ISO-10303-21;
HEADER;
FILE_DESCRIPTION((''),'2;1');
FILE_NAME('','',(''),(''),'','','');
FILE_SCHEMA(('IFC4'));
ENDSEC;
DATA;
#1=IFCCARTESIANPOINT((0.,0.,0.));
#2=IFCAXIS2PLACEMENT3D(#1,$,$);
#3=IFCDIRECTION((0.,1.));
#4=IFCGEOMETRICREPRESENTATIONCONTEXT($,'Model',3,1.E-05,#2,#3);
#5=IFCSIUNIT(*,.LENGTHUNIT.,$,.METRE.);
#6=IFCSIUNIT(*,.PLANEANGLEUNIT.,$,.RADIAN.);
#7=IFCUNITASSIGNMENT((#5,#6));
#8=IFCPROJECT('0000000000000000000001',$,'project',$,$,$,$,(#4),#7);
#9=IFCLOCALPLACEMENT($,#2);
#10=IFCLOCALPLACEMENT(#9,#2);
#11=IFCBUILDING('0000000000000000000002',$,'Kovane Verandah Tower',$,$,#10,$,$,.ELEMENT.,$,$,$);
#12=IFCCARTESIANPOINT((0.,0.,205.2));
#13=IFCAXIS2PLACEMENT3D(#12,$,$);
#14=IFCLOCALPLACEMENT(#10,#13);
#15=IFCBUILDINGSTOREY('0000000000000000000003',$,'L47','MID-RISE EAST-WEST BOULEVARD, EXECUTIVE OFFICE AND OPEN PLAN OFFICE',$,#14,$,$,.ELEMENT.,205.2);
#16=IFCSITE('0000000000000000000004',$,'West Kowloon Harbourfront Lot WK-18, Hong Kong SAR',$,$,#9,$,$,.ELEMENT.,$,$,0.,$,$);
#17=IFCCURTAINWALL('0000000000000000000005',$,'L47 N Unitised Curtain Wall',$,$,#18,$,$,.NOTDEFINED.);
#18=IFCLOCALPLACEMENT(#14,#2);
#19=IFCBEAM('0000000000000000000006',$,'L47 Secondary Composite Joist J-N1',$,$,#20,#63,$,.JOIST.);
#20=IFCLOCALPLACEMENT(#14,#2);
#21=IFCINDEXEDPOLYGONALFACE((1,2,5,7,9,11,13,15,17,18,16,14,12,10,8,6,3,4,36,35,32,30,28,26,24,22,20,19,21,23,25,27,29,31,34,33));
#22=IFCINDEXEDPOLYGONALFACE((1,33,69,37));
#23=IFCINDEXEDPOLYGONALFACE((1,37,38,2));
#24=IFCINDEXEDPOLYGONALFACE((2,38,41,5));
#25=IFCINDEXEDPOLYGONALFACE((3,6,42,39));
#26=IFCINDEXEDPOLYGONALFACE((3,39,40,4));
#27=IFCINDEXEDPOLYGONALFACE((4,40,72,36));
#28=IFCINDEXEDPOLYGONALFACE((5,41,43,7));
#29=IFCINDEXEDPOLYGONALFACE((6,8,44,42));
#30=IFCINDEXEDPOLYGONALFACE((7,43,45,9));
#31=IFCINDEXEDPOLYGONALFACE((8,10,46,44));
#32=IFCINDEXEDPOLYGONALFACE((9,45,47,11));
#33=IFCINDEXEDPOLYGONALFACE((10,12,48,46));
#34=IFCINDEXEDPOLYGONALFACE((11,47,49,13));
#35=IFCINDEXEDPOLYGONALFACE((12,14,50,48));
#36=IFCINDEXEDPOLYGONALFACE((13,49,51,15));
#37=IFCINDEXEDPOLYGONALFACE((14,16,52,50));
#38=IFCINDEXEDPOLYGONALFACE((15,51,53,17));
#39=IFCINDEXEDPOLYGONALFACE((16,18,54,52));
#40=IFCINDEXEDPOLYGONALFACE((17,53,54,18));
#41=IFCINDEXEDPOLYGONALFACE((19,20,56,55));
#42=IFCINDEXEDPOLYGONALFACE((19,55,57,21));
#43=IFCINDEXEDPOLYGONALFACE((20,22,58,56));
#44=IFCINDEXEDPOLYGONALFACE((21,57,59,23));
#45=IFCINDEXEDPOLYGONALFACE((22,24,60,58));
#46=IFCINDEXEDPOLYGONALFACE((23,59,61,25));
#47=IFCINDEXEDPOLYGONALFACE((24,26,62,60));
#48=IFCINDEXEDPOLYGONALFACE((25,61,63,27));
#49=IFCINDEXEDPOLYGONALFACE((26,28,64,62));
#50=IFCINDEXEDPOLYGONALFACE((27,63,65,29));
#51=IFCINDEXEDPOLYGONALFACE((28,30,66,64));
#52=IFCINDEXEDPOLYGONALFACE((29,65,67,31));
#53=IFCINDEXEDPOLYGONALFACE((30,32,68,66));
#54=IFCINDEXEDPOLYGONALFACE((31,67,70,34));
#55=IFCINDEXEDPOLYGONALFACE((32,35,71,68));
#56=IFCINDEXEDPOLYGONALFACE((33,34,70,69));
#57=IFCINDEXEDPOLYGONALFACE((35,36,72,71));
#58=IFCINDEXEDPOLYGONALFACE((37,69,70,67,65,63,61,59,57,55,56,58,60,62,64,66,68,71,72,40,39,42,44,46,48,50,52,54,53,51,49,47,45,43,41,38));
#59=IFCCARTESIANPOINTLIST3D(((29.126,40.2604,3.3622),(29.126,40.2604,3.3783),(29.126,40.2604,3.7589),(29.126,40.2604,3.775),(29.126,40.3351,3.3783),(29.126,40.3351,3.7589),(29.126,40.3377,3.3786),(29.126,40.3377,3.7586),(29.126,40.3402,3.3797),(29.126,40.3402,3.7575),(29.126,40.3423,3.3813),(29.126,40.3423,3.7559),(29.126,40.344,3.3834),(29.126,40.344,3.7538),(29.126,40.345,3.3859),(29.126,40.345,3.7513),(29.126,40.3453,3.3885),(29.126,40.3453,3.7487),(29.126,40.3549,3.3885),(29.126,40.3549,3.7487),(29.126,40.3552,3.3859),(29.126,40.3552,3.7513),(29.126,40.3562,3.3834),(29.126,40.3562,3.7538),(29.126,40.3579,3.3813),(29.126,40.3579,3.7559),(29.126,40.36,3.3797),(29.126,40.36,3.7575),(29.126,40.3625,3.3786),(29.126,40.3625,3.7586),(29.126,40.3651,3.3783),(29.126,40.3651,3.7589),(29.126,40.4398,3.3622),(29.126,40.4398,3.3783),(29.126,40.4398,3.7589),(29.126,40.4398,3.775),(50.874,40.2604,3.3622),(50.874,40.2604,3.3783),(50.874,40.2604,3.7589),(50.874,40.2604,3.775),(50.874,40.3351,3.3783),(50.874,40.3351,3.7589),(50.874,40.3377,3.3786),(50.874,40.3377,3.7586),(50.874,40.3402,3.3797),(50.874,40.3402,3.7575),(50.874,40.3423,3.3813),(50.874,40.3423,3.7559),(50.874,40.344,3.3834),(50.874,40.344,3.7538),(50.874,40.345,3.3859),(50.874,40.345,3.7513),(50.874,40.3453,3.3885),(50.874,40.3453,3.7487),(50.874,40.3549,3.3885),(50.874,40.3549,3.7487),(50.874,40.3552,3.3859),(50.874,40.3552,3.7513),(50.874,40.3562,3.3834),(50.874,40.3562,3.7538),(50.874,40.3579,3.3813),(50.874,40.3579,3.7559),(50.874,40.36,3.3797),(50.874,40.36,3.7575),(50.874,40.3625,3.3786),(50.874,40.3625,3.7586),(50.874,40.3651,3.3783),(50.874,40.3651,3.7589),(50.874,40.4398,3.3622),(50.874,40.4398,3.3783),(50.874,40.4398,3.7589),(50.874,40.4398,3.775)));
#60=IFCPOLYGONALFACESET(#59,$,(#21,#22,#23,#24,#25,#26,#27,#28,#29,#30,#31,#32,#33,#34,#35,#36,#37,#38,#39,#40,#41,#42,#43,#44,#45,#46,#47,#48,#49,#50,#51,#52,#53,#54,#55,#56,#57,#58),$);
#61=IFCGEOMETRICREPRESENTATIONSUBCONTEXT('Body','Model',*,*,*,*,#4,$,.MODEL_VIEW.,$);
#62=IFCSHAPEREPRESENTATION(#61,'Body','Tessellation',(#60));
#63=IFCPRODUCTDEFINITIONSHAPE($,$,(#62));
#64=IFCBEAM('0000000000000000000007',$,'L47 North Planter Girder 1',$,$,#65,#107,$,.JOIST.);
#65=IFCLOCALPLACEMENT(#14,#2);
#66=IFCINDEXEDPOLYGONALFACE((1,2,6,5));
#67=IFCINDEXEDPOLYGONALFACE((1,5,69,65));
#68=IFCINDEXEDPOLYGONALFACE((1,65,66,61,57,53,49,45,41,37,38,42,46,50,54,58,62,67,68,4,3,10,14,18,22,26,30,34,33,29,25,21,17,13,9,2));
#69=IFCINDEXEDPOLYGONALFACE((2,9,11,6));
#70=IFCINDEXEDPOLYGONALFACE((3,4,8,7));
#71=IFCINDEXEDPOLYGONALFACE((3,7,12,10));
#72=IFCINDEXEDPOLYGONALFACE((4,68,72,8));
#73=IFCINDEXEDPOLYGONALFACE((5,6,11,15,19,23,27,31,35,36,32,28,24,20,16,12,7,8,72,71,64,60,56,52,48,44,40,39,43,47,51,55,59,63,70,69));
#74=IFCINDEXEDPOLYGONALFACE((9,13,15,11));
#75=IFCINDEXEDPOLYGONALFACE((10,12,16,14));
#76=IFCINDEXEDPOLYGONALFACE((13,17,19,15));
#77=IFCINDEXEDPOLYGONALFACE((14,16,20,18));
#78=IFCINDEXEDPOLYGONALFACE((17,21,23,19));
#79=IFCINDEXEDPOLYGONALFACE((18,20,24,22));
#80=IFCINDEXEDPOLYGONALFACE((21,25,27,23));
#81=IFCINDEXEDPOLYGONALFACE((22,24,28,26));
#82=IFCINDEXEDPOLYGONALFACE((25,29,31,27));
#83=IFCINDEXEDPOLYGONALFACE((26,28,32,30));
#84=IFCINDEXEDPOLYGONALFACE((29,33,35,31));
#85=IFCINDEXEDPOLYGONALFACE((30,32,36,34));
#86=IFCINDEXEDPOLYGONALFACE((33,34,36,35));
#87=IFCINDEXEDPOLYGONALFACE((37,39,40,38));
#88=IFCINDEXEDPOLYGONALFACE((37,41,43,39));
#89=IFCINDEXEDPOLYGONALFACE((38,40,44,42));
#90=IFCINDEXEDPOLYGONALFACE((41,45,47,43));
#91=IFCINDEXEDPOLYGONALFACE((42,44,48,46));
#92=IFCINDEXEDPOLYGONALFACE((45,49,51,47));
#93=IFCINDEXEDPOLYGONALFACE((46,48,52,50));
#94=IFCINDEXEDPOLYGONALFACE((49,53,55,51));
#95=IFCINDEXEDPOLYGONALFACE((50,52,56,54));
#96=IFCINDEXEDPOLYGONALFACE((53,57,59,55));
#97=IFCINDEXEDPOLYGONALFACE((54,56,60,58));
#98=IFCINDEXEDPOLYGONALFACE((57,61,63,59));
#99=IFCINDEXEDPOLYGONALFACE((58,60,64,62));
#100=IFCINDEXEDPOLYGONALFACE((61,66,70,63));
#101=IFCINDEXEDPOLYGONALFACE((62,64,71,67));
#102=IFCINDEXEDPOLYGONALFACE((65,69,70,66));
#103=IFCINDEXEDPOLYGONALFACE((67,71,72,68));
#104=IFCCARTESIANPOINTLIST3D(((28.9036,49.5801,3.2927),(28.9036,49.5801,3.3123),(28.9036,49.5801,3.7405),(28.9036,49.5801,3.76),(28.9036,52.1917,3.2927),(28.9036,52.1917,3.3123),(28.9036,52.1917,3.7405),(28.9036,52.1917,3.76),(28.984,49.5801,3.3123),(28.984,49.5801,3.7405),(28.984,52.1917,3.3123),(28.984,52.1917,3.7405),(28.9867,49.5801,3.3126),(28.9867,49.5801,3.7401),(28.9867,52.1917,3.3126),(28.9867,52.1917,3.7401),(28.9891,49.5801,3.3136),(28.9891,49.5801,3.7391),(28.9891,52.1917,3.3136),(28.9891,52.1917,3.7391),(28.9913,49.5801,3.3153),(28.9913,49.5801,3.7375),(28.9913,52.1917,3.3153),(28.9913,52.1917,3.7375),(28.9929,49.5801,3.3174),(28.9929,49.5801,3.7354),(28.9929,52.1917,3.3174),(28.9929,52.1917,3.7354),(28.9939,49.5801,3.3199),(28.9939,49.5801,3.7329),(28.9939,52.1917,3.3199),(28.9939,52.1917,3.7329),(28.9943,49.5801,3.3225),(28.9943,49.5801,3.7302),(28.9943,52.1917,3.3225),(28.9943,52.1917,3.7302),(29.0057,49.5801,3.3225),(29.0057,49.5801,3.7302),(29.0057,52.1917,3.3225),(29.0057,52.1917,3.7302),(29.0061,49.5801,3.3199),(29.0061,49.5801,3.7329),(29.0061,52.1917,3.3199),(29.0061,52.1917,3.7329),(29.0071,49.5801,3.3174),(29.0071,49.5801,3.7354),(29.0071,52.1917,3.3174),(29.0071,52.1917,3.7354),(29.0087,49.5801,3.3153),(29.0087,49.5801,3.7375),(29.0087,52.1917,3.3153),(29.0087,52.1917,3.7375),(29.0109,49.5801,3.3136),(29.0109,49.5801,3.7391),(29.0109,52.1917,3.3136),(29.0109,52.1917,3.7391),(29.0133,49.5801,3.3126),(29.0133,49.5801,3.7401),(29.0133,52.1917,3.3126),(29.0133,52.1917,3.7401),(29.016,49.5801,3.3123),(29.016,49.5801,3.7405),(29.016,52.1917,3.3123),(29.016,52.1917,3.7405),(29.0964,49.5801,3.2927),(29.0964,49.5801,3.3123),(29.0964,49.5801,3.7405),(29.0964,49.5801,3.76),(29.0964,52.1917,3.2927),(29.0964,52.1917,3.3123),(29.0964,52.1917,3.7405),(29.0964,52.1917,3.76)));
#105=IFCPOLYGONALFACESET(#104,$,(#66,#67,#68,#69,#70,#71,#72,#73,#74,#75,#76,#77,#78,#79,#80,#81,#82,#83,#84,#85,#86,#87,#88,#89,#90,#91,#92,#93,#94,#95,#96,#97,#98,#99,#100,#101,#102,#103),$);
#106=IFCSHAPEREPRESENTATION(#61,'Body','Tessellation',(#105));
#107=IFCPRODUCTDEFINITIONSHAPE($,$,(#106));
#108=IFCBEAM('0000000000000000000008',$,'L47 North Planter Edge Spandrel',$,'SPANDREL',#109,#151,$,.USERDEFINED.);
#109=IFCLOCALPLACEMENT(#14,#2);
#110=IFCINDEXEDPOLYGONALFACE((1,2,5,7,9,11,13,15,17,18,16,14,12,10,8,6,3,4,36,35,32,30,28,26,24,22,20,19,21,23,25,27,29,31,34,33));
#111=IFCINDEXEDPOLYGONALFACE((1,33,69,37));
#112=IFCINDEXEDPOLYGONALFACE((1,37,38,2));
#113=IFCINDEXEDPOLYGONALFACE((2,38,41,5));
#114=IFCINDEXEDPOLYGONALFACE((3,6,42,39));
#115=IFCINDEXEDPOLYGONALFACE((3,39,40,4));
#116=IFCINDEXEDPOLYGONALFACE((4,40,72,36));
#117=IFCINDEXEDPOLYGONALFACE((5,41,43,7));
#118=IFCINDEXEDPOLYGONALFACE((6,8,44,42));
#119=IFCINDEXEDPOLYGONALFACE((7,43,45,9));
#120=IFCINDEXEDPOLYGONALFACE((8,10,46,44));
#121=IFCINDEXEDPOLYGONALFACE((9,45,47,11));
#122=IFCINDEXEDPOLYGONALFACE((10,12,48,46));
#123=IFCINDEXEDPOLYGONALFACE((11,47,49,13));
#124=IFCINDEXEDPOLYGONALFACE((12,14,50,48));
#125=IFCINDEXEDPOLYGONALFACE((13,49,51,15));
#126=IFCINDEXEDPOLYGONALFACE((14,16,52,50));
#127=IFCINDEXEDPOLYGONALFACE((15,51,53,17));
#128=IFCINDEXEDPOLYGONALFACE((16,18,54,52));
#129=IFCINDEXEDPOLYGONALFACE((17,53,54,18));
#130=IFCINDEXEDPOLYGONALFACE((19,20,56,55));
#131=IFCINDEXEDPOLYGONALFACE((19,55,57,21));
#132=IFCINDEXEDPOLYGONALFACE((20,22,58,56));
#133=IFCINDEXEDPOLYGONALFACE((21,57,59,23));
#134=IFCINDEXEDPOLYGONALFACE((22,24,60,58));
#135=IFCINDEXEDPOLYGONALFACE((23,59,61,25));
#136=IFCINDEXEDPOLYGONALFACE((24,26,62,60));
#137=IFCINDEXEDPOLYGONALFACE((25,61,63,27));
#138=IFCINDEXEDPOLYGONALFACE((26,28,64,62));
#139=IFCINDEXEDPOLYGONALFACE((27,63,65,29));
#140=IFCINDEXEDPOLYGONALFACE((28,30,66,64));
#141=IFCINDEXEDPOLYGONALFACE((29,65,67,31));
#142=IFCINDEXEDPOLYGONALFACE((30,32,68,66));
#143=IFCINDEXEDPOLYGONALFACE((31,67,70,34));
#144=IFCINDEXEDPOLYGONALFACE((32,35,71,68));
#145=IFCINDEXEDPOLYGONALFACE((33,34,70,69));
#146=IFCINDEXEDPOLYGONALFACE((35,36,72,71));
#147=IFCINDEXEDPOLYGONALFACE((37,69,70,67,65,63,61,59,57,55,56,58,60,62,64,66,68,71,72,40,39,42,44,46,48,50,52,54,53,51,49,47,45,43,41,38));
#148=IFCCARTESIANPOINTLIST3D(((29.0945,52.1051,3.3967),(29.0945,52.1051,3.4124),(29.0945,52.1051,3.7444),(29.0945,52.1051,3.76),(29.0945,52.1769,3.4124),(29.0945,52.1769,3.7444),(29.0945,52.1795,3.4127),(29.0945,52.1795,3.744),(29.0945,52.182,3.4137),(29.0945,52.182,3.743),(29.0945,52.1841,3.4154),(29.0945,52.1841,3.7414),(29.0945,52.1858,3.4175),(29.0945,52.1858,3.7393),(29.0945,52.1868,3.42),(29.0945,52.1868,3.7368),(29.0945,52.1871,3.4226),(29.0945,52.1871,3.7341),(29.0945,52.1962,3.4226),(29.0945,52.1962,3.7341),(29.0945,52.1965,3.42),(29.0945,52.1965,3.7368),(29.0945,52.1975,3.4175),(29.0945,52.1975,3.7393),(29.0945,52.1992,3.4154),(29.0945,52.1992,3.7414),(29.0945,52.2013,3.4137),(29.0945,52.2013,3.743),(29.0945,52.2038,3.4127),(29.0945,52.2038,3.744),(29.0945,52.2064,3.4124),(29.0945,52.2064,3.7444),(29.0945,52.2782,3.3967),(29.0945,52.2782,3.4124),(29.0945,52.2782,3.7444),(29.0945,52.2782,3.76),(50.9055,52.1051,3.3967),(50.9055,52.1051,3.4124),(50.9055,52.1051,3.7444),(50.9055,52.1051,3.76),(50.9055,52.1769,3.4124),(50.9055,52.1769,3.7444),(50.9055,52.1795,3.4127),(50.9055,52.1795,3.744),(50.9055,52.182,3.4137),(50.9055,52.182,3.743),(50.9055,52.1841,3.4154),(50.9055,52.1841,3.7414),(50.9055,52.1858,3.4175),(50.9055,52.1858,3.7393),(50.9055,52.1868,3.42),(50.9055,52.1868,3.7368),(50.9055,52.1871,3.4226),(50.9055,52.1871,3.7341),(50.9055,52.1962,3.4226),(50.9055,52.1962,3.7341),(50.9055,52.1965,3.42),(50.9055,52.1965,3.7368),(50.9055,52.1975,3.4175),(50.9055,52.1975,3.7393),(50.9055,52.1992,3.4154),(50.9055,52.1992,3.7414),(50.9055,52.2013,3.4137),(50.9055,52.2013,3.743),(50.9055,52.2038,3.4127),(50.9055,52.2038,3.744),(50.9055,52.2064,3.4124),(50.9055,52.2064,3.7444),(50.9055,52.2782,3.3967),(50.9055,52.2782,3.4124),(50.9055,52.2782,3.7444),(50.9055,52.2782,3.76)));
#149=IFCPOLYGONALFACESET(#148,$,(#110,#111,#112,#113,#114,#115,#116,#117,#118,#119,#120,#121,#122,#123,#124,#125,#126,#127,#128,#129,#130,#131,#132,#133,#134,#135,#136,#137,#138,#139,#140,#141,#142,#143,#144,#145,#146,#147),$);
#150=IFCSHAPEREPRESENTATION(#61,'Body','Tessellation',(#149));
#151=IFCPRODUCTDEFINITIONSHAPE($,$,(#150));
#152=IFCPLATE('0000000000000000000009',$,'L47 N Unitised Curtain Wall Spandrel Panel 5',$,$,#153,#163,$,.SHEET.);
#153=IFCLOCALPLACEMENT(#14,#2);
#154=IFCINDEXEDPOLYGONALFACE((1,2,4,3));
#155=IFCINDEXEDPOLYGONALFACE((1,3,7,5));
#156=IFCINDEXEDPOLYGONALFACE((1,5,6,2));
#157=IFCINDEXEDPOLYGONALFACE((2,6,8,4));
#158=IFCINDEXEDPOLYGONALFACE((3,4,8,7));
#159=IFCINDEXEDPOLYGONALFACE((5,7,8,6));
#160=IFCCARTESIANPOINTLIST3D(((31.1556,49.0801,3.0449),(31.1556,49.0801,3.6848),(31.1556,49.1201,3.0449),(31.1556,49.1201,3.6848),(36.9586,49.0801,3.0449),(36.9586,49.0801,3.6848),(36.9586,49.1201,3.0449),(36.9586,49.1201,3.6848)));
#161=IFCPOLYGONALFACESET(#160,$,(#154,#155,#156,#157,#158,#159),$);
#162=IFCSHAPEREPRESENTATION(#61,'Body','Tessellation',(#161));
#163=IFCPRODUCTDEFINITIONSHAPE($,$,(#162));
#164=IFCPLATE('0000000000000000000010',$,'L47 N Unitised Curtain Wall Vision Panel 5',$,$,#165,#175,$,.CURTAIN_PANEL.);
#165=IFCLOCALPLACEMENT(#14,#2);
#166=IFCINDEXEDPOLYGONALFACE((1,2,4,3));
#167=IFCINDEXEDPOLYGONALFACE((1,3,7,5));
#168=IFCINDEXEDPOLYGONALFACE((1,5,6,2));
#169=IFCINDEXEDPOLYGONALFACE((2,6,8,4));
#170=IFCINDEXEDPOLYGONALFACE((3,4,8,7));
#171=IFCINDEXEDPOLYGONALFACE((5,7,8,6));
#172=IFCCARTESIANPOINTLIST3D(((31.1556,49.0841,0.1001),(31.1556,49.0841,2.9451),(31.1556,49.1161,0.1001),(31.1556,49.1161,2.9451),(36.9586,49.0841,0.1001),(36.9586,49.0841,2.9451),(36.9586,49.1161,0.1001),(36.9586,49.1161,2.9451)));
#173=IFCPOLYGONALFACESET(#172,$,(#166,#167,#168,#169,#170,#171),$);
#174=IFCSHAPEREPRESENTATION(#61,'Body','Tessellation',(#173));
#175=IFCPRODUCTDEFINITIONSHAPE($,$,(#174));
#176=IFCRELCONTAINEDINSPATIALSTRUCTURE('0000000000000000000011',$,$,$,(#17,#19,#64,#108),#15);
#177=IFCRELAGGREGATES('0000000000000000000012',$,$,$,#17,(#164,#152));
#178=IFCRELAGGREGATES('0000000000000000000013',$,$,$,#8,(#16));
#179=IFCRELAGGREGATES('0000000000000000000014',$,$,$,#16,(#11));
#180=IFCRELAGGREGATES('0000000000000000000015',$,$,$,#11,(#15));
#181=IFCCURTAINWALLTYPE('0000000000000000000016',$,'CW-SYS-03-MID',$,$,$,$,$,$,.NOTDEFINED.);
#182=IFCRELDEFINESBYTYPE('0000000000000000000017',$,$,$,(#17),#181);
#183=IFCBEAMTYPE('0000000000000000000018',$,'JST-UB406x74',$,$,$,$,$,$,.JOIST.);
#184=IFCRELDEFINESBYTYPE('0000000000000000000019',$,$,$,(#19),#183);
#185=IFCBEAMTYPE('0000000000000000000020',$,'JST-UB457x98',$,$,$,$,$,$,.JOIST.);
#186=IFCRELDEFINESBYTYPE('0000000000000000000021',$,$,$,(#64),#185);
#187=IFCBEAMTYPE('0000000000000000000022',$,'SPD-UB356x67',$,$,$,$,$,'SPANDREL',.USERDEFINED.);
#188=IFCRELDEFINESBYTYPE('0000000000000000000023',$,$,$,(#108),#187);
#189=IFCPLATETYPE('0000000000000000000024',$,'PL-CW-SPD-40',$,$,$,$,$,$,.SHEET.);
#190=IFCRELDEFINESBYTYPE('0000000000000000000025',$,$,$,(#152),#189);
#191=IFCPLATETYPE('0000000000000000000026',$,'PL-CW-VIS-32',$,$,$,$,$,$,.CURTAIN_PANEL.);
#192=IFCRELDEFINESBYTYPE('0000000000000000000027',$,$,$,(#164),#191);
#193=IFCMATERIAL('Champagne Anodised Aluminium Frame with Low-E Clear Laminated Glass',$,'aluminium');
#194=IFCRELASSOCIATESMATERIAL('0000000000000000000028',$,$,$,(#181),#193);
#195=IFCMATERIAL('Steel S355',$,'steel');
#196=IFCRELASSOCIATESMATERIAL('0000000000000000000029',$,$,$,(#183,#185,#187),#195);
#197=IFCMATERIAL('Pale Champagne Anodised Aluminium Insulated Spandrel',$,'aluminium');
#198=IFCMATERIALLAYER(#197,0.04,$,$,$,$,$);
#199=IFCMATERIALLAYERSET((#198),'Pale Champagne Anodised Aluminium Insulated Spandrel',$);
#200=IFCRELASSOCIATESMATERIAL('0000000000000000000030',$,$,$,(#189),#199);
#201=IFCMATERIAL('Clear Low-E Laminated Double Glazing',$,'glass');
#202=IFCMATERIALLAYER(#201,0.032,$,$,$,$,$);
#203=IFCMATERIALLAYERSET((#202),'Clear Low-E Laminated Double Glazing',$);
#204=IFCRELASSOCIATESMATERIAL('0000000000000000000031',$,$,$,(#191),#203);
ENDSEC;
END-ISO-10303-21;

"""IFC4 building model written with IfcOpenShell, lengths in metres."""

from ifc_helpers import new_model, si_unit, direction, frame, origin, origin_2d, place, context, subcontext, project, spatial, rectangle, i_section, extrude, material, layer, layer_set, material_profile, profile_set, type_object, element, aggregate, save


model = new_model("IFC4")

# Units and contexts
model_context = context("Model", 3, precision=1e-05, world=origin(), true_north=direction((0.0, 1.0)))
body_context = subcontext(model_context, "Body", "Model", "MODEL_VIEW")
ifc_project = project(units=[si_unit("LENGTHUNIT", "METRE"), si_unit("PLANEANGLEUNIT", "RADIAN")], contexts=[model_context])

# Site, building, storey
site_placement = place(None, origin())
site = spatial("IfcSite", under=ifc_project, at=site_placement, Name="West Kowloon Harbourfront Lot WK-18, Hong Kong SAR", CompositionType="ELEMENT", RefElevation=0.0)
building_placement = place(site_placement, origin())
building = spatial("IfcBuilding", under=site, at=building_placement, Name="Kovane Verandah Tower", CompositionType="ELEMENT")
storey_placement = place(building_placement, frame((0.0, 0.0, 205.2)))
storey = spatial("IfcBuildingStorey", under=building, at=storey_placement, Name="L47", Description="MID-RISE EAST-WEST BOULEVARD, EXECUTIVE OFFICE AND OPEN PLAN OFFICE", CompositionType="ELEMENT", Elevation=205.2)

# Shared definitions
ifc_material_1 = material(Name="Steel S355", Category="steel")

# Curtain wall
ifc_material_2 = material(Name="Champagne Anodised Aluminium Frame with Low-E Clear Laminated Glass", Category="aluminium")
curtain_wall_type = type_object("IfcCurtainWallType", Name="CW-SYS-03-MID", PredefinedType="NOTDEFINED", material=ifc_material_2)
curtain_wall_placement = place(storey_placement, origin())
curtain_wall = element("IfcCurtainWall", 1, at=curtain_wall_placement, inside=storey, type_object=curtain_wall_type, Name="L47 N Unitised Curtain Wall", PredefinedType="NOTDEFINED")

# Beams
ifc_material_profile_1 = material_profile(ifc_material_1, i_section(OverallWidth=0.1794, OverallDepth=0.4128, WebThickness=0.0095, FlangeThickness=0.0161, FilletRadius=0.0103, at=origin_2d()), Name="UB406x178x74")
ifc_profile_set_1 = profile_set([ifc_material_profile_1], Name="Steel S355")
beam_type_1 = type_object("IfcBeamType", Name="JST-UB406x74", PredefinedType="JOIST", material=ifc_profile_set_1)
beam_1_placement = place(storey_placement, frame((29.126, 40.3501, 3.5686), z_axis=(1.0, 0.0, 0.0), x_axis=(0.0, 1.0, 0.0)))
element("IfcBeam", 2, at=beam_1_placement, inside=storey, type_object=beam_type_1, Name="L47 Secondary Composite Joist J-N1", PredefinedType="JOIST", context=body_context, shape_type="SweptSolid", body=[
    extrude(i_section(OverallWidth=0.1794, OverallDepth=0.4128, WebThickness=0.0095, FlangeThickness=0.0161, FilletRadius=0.0103, at=origin_2d()), origin(), (0.0, 0.0, 1.0), 21.748),
])
ifc_material_profile_2 = material_profile(ifc_material_1, i_section(OverallWidth=0.1929, OverallDepth=0.4673, WebThickness=0.0115, FlangeThickness=0.0195, FilletRadius=0.0103, at=origin_2d()), Name="UB457x191x98")
ifc_profile_set_2 = profile_set([ifc_material_profile_2], Name="Steel S355")
beam_type_2 = type_object("IfcBeamType", Name="JST-UB457x98", PredefinedType="JOIST", material=ifc_profile_set_2)
beam_2_placement = place(storey_placement, frame((29.0, 49.5801, 3.5264), z_axis=(0.0, 1.0, 0.0), x_axis=(-1.0, 0.0, 0.0)))
element("IfcBeam", 3, at=beam_2_placement, inside=storey, type_object=beam_type_2, Name="L47 North Planter Girder 1", PredefinedType="JOIST", context=body_context, shape_type="SweptSolid", body=[
    extrude(i_section(OverallWidth=0.1929, OverallDepth=0.4673, WebThickness=0.0115, FlangeThickness=0.0195, FilletRadius=0.0103, at=origin_2d()), origin(), (0.0, 0.0, 1.0), 2.6116),
])
ifc_material_profile_3 = material_profile(ifc_material_1, i_section(OverallWidth=0.1731, OverallDepth=0.3633, WebThickness=0.009, FlangeThickness=0.0156, FilletRadius=0.0103, at=origin_2d()), Name="UB356x171x67")
ifc_profile_set_3 = profile_set([ifc_material_profile_3], Name="Steel S355")
beam_type_3 = type_object("IfcBeamType", Name="SPD-UB356x67", ElementType="SPANDREL", PredefinedType="USERDEFINED", material=ifc_profile_set_3)
beam_3_placement = place(storey_placement, frame((29.0945, 52.1917, 3.5784), z_axis=(1.0, 0.0, 0.0), x_axis=(0.0, 1.0, 0.0)))
element("IfcBeam", 4, at=beam_3_placement, inside=storey, type_object=beam_type_3, Name="L47 North Planter Edge Spandrel", ObjectType="SPANDREL", PredefinedType="USERDEFINED", context=body_context, shape_type="SweptSolid", body=[
    extrude(i_section(OverallWidth=0.1731, OverallDepth=0.3633, WebThickness=0.009, FlangeThickness=0.0156, FilletRadius=0.0103, at=origin_2d()), origin(), (0.0, 0.0, 1.0), 21.811),
])

# Plates
ifc_material_3 = material(Name="Pale Champagne Anodised Aluminium Insulated Spandrel", Category="aluminium")
ifc_layer_1 = layer(ifc_material_3, 0.04)
ifc_layer_set_1 = layer_set([ifc_layer_1], Name="Pale Champagne Anodised Aluminium Insulated Spandrel")
plate_type_1 = type_object("IfcPlateType", Name="PL-CW-SPD-40", PredefinedType="SHEET", material=ifc_layer_set_1)
plate_1_placement = place(storey_placement, frame((34.0571, 49.1001, 3.0449), z_axis=(0.0, 0.0, 1.0), x_axis=(-1.0, 0.0, 0.0)))
plate_1 = element("IfcPlate", 5, at=plate_1_placement, type_object=plate_type_1, Name="L47 N Unitised Curtain Wall Spandrel Panel 5", PredefinedType="SHEET", context=body_context, shape_type="SweptSolid", body=[
    extrude(rectangle(XDim=5.803, YDim=0.04, at=origin_2d()), origin(), (0.0, 0.0, 1.0), 0.6399),
])
ifc_material_4 = material(Name="Clear Low-E Laminated Double Glazing", Category="glass")
ifc_layer_2 = layer(ifc_material_4, 0.032)
ifc_layer_set_2 = layer_set([ifc_layer_2], Name="Clear Low-E Laminated Double Glazing")
plate_type_2 = type_object("IfcPlateType", Name="PL-CW-VIS-32", PredefinedType="CURTAIN_PANEL", material=ifc_layer_set_2)
plate_2_placement = place(storey_placement, frame((34.0571, 49.1001, 0.1001), z_axis=(0.0, 0.0, 1.0), x_axis=(-1.0, 0.0, 0.0)))
plate_2 = element("IfcPlate", 6, at=plate_2_placement, type_object=plate_type_2, Name="L47 N Unitised Curtain Wall Vision Panel 5", PredefinedType="CURTAIN_PANEL", context=body_context, shape_type="SweptSolid", body=[
    extrude(rectangle(XDim=5.803, YDim=0.032, at=origin_2d()), origin(), (0.0, 0.0, 1.0), 2.845),
])
aggregate(curtain_wall, [plate_2, plate_1])

save(model, "model.ifc")
